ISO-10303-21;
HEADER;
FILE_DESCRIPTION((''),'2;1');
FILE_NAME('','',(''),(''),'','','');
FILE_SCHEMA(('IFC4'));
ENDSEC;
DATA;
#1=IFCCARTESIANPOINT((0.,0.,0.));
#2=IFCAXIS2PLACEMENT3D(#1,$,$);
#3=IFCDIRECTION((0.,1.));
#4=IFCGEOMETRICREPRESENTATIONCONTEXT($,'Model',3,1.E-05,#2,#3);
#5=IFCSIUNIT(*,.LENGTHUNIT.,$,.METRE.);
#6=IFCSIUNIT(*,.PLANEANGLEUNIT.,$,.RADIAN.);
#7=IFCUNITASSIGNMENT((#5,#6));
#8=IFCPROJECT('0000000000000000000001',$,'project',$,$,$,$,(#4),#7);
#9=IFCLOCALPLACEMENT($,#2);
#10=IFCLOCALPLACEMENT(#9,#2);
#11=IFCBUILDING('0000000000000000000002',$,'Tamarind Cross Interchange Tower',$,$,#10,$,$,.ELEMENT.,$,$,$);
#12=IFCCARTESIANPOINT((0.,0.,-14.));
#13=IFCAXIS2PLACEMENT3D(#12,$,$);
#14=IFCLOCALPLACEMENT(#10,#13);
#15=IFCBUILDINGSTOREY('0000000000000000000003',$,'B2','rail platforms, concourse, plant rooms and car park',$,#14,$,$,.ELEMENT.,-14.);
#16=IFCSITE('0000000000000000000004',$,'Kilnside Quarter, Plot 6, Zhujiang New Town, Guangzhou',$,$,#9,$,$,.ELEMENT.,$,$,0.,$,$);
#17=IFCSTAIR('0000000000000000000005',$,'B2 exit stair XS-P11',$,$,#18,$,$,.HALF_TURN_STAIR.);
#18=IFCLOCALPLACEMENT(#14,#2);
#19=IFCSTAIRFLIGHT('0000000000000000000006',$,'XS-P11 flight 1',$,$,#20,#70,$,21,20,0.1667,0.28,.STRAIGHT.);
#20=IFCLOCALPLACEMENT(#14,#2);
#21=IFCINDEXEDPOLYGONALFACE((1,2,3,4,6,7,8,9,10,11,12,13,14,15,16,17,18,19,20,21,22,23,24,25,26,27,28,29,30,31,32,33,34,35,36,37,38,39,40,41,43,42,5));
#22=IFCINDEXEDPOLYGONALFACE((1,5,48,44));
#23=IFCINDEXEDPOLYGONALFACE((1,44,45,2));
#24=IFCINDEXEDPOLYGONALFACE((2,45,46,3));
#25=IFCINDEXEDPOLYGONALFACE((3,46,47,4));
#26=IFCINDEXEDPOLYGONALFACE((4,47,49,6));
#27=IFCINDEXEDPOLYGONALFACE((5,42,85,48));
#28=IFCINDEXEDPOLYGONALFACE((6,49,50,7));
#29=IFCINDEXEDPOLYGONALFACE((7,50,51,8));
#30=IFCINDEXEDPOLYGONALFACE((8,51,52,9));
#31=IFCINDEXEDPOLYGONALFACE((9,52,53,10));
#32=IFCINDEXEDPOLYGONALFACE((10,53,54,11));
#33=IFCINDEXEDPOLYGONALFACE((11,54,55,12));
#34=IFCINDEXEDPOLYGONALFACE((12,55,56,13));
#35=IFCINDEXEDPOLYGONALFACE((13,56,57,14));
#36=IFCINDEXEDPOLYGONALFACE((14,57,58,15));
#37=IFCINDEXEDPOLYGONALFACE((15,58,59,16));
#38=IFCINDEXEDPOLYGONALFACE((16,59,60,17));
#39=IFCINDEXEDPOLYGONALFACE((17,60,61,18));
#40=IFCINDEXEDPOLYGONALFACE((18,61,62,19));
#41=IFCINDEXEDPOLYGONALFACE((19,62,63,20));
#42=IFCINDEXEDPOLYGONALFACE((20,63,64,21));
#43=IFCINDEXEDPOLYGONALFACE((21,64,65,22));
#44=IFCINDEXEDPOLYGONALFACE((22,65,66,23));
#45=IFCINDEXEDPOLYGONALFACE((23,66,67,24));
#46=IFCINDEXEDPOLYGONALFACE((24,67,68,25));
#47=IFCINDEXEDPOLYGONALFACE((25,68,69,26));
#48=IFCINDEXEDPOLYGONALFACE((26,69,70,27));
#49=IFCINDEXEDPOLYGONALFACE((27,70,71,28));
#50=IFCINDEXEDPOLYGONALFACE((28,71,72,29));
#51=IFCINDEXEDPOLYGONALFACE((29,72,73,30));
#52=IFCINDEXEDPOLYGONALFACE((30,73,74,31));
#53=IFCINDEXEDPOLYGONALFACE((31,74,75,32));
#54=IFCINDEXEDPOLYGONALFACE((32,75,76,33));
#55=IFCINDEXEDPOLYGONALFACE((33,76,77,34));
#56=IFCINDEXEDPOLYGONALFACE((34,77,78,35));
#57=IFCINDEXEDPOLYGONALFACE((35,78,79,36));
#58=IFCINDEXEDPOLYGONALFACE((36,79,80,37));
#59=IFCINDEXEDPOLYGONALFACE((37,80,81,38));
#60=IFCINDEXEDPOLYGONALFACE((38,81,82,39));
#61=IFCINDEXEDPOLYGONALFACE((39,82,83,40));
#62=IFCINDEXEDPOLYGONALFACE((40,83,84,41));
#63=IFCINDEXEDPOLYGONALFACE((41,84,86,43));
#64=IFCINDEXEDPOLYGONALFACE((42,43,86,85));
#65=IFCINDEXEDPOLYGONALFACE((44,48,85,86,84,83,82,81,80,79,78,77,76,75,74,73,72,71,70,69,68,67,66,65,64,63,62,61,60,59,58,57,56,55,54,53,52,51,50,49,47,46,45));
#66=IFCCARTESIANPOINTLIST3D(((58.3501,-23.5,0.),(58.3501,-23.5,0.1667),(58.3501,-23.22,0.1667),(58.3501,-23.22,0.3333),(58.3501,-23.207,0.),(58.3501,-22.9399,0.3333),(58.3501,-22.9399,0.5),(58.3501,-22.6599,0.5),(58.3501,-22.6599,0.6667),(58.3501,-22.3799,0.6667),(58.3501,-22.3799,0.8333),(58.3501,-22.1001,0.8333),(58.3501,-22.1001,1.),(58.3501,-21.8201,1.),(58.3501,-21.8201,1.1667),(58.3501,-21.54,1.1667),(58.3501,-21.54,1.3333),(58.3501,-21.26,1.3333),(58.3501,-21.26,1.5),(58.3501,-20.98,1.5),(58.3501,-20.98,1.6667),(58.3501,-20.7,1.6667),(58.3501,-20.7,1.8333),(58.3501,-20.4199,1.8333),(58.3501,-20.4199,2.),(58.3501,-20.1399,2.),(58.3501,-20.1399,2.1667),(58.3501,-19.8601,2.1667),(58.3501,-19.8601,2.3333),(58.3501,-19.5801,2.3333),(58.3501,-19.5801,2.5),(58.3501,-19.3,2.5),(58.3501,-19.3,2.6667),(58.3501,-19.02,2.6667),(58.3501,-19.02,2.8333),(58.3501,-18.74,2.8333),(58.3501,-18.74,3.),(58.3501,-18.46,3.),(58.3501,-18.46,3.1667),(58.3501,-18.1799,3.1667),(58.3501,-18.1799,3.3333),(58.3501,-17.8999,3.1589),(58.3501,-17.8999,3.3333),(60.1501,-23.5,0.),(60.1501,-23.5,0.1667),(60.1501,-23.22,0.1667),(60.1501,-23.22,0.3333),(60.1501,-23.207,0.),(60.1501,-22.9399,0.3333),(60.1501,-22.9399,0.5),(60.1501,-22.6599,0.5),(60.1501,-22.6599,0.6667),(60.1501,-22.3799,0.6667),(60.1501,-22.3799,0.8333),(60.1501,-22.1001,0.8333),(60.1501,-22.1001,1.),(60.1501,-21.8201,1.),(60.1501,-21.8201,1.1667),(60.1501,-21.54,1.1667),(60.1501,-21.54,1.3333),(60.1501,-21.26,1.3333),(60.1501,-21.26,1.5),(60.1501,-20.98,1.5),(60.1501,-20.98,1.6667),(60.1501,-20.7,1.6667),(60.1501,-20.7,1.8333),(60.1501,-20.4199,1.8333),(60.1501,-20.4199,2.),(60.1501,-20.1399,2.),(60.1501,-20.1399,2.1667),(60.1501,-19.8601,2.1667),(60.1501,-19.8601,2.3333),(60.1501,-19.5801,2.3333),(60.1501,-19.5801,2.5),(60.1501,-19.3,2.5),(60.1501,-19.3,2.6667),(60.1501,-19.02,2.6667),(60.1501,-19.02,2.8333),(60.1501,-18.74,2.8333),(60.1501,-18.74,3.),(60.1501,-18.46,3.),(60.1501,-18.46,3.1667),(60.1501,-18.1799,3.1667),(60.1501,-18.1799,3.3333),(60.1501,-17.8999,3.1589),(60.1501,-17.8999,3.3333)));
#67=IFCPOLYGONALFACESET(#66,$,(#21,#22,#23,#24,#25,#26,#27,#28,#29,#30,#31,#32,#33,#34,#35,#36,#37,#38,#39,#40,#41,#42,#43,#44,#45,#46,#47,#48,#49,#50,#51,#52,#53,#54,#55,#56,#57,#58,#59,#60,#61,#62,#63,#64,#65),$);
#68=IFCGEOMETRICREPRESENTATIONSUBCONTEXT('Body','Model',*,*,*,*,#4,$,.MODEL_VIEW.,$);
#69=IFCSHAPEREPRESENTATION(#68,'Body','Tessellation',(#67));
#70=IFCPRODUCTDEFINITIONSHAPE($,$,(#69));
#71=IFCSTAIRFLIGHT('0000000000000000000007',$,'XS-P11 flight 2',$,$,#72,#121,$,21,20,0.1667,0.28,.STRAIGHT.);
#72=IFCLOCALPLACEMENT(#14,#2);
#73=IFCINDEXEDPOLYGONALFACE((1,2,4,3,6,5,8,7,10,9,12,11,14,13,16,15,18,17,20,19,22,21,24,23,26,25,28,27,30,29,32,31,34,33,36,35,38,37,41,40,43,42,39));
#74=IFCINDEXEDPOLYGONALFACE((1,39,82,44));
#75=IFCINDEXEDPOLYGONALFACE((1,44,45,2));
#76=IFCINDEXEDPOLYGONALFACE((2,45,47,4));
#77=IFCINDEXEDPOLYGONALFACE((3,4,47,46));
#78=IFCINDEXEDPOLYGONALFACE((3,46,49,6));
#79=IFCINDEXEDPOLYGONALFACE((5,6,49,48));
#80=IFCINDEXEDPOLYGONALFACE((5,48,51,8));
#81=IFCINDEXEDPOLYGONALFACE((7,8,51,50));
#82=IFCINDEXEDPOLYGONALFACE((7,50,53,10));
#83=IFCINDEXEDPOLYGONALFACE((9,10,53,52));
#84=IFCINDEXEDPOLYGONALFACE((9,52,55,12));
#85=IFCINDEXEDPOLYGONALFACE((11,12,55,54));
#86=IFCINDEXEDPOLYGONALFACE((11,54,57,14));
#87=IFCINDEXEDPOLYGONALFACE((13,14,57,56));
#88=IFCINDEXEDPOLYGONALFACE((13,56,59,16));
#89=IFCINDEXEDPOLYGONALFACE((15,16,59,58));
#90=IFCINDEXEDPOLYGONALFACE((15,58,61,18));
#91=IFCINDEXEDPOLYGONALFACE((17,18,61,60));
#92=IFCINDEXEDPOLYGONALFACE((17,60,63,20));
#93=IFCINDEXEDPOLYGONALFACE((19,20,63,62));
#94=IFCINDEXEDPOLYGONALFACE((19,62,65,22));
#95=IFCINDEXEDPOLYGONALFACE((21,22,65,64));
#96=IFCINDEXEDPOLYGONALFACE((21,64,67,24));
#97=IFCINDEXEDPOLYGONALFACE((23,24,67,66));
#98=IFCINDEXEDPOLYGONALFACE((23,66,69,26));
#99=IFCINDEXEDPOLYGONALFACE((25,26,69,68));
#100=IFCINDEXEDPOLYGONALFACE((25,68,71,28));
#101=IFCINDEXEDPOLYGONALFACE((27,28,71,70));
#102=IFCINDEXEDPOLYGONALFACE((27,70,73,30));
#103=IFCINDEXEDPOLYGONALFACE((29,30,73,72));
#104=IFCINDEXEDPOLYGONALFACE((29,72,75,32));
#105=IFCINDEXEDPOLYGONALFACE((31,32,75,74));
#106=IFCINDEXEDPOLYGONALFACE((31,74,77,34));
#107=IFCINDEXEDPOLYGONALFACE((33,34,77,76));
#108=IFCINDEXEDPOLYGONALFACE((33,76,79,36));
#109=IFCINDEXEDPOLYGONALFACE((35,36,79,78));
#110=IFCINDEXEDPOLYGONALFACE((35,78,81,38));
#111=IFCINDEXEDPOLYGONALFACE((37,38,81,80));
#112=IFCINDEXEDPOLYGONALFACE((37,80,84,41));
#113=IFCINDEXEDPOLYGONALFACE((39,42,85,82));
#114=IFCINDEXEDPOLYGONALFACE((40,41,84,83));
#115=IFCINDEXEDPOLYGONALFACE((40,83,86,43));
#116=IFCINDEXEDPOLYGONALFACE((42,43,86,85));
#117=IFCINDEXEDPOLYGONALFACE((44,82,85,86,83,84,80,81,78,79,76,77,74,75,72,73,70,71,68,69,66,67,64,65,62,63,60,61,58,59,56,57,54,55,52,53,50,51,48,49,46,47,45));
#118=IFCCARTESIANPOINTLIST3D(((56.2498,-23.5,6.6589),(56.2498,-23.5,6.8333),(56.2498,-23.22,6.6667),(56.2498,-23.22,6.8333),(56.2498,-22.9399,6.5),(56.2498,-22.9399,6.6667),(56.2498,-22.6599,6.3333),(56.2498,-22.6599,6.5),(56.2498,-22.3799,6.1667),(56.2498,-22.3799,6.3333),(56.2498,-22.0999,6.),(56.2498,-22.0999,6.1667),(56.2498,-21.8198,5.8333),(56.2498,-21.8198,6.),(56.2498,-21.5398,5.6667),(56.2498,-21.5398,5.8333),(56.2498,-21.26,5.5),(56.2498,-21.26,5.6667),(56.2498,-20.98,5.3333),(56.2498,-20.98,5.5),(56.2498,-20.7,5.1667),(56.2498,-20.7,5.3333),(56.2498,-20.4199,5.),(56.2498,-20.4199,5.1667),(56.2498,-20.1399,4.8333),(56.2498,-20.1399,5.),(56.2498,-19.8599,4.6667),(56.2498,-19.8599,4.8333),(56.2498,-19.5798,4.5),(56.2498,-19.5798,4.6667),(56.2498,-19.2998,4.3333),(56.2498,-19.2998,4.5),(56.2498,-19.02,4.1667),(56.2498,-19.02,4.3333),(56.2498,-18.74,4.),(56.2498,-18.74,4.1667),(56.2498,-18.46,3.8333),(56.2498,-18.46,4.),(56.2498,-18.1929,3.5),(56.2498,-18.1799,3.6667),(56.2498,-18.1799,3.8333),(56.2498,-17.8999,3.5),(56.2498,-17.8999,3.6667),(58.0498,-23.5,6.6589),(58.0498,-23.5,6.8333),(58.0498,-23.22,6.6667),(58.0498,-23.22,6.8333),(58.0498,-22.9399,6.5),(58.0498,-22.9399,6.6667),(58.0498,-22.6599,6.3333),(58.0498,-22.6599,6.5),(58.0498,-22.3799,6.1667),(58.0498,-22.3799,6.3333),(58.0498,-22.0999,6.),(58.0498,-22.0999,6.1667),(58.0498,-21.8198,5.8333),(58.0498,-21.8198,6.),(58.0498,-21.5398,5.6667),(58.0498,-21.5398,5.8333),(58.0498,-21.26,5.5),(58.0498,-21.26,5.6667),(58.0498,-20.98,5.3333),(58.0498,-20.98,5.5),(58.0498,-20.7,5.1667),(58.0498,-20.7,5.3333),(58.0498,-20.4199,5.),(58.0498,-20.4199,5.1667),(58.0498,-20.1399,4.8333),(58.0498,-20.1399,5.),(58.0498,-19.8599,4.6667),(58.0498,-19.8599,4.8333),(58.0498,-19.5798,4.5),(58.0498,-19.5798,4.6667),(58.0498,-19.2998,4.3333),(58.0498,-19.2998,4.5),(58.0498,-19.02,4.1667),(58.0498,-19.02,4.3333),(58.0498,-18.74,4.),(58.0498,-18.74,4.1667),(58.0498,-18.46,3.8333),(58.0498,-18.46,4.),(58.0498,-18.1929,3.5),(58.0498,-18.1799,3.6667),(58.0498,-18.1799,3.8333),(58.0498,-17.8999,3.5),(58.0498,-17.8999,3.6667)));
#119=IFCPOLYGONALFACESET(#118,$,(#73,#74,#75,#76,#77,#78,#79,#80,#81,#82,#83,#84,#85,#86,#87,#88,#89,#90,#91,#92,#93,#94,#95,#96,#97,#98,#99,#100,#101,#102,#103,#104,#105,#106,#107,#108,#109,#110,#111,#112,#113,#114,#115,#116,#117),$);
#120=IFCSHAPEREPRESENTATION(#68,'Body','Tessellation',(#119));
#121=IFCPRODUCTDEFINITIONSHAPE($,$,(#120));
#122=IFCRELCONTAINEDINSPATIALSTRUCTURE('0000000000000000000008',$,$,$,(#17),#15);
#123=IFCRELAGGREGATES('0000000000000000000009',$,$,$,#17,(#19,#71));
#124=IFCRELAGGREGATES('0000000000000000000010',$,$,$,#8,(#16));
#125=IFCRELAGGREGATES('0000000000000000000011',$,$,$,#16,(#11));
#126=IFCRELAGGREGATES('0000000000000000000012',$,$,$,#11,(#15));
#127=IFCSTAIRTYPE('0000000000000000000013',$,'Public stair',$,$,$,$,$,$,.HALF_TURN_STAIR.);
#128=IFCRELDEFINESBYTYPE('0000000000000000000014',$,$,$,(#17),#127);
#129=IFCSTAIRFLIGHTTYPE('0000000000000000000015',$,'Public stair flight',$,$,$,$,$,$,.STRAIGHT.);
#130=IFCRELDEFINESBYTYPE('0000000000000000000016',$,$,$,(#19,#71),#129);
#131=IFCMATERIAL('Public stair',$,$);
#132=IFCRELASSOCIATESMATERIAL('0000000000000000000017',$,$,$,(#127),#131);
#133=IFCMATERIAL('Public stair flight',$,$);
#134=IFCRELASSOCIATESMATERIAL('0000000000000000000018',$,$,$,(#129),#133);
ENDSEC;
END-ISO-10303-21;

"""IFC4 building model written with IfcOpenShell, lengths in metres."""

from ifc_helpers import new_model, si_unit, direction, frame, origin, place, context, subcontext, project, spatial, polyline, outline, extrude, material, type_object, element, aggregate, save


model = new_model("IFC4")

# Units and contexts
model_context = context("Model", 3, precision=1e-05, world=origin(), true_north=direction((0.0, 1.0)))
body_context = subcontext(model_context, "Body", "Model", "MODEL_VIEW")
ifc_project = project(units=[si_unit("LENGTHUNIT", "METRE"), si_unit("PLANEANGLEUNIT", "RADIAN")], contexts=[model_context])

# Site, building, storey
site_placement = place(None, origin())
site = spatial("IfcSite", under=ifc_project, at=site_placement, Name="Kilnside Quarter, Plot 6, Zhujiang New Town, Guangzhou", CompositionType="ELEMENT", RefElevation=0.0)
building_placement = place(site_placement, origin())
building = spatial("IfcBuilding", under=site, at=building_placement, Name="Tamarind Cross Interchange Tower", CompositionType="ELEMENT")
storey_placement = place(building_placement, frame((0.0, 0.0, -14.0)))
storey = spatial("IfcBuildingStorey", under=building, at=storey_placement, Name="B2", Description="rail platforms, concourse, plant rooms and car park", CompositionType="ELEMENT", Elevation=-14.0)

# Stair, stair flights
ifc_material_1 = material(Name="Public stair")
stair_type = type_object("IfcStairType", Name="Public stair", PredefinedType="HALF_TURN_STAIR", material=ifc_material_1)
stair_placement = place(storey_placement, origin())
stair = element("IfcStair", 1, at=stair_placement, inside=storey, type_object=stair_type, Name="B2 exit stair XS-P11", PredefinedType="HALF_TURN_STAIR")
ifc_material_2 = material(Name="Public stair flight")
stair_flight_type = type_object("IfcStairFlightType", Name="Public stair flight", PredefinedType="STRAIGHT", material=ifc_material_2)
stair_flight_1_placement = place(storey_placement, frame((59.25, -23.5, 0.0), z_axis=(0.0, 0.0, 1.0), x_axis=(0.0, 1.0, 0.0)))
stair_flight_1 = element("IfcStairFlight", 2, at=stair_flight_1_placement, type_object=stair_flight_type, Name="XS-P11 flight 1", NumberOfRisers=21, NumberOfTreads=20, PredefinedType="STRAIGHT", RiserHeight=0.1667, TreadLength=0.28, context=body_context, shape_type="SweptSolid", body=[
    extrude(outline(polyline([(0.0, 0.0), (0.0, 0.1667), (0.28, 0.1667), (0.28, 0.3333), (0.5601, 0.3333), (0.5601, 0.5), (0.8401, 0.5), (0.8401, 0.6667), (1.1201, 0.6667), (1.1201, 0.8333), (1.3999, 0.8333), (1.3999, 1.0), (1.6799, 1.0), (1.6799, 1.1667), (1.96, 1.1667), (1.96, 1.3333), (2.24, 1.3333), (2.24, 1.5), (2.52, 1.5), (2.52, 1.6667), (2.8, 1.6667), (2.8, 1.8333), (3.0801, 1.8333), (3.0801, 2.0), (3.3601, 2.0), (3.3601, 2.1667), (3.6399, 2.1667), (3.6399, 2.3333), (3.9199, 2.3333), (3.9199, 2.5), (4.2, 2.5), (4.2, 2.6667), (4.48, 2.6667), (4.48, 2.8333), (4.76, 2.8333), (4.76, 3.0), (5.04, 3.0), (5.04, 3.1667), (5.3201, 3.1667), (5.3201, 3.3333), (5.6001, 3.3333), (5.6001, 3.5), (5.6001, 3.1589), (0.293, 0.0), (0.0, 0.0)])), frame((0.0, 0.8999, 0.0), z_axis=(0.0, -1.0, 0.0), x_axis=(1.0, 0.0, 0.0)), (0.0, 0.0, 1.0), 1.8),
])
stair_flight_2_placement = place(storey_placement, frame((57.1499, -17.8999, 3.5), z_axis=(0.0, 0.0, 1.0), x_axis=(0.0, -1.0, 0.0)))
stair_flight_2 = element("IfcStairFlight", 3, at=stair_flight_2_placement, type_object=stair_flight_type, Name="XS-P11 flight 2", NumberOfRisers=21, NumberOfTreads=20, PredefinedType="STRAIGHT", RiserHeight=0.1667, TreadLength=0.28, context=body_context, shape_type="SweptSolid", body=[
    extrude(outline(polyline([(0.0, 0.0), (0.0, 0.1667), (0.28, 0.1667), (0.28, 0.3333), (0.5601, 0.3333), (0.5601, 0.5), (0.8401, 0.5), (0.8401, 0.6667), (1.1201, 0.6667), (1.1201, 0.8333), (1.3999, 0.8333), (1.3999, 1.0), (1.6799, 1.0), (1.6799, 1.1667), (1.96, 1.1667), (1.96, 1.3333), (2.24, 1.3333), (2.24, 1.5), (2.52, 1.5), (2.52, 1.6667), (2.8, 1.6667), (2.8, 1.8333), (3.0801, 1.8333), (3.0801, 2.0), (3.3601, 2.0), (3.3601, 2.1667), (3.6399, 2.1667), (3.6399, 2.3333), (3.9199, 2.3333), (3.9199, 2.5), (4.2, 2.5), (4.2, 2.6667), (4.48, 2.6667), (4.48, 2.8333), (4.76, 2.8333), (4.76, 3.0), (5.04, 3.0), (5.04, 3.1667), (5.3201, 3.1667), (5.3201, 3.3333), (5.6001, 3.3333), (5.6001, 3.5), (5.6001, 3.1589), (0.293, 0.0), (0.0, 0.0)])), frame((0.0, 0.8999, 0.0), z_axis=(0.0, -1.0, 0.0), x_axis=(1.0, 0.0, 0.0)), (0.0, 0.0, 1.0), 1.8),
])
aggregate(stair, [stair_flight_1, stair_flight_2])

save(model, "model.ifc")
